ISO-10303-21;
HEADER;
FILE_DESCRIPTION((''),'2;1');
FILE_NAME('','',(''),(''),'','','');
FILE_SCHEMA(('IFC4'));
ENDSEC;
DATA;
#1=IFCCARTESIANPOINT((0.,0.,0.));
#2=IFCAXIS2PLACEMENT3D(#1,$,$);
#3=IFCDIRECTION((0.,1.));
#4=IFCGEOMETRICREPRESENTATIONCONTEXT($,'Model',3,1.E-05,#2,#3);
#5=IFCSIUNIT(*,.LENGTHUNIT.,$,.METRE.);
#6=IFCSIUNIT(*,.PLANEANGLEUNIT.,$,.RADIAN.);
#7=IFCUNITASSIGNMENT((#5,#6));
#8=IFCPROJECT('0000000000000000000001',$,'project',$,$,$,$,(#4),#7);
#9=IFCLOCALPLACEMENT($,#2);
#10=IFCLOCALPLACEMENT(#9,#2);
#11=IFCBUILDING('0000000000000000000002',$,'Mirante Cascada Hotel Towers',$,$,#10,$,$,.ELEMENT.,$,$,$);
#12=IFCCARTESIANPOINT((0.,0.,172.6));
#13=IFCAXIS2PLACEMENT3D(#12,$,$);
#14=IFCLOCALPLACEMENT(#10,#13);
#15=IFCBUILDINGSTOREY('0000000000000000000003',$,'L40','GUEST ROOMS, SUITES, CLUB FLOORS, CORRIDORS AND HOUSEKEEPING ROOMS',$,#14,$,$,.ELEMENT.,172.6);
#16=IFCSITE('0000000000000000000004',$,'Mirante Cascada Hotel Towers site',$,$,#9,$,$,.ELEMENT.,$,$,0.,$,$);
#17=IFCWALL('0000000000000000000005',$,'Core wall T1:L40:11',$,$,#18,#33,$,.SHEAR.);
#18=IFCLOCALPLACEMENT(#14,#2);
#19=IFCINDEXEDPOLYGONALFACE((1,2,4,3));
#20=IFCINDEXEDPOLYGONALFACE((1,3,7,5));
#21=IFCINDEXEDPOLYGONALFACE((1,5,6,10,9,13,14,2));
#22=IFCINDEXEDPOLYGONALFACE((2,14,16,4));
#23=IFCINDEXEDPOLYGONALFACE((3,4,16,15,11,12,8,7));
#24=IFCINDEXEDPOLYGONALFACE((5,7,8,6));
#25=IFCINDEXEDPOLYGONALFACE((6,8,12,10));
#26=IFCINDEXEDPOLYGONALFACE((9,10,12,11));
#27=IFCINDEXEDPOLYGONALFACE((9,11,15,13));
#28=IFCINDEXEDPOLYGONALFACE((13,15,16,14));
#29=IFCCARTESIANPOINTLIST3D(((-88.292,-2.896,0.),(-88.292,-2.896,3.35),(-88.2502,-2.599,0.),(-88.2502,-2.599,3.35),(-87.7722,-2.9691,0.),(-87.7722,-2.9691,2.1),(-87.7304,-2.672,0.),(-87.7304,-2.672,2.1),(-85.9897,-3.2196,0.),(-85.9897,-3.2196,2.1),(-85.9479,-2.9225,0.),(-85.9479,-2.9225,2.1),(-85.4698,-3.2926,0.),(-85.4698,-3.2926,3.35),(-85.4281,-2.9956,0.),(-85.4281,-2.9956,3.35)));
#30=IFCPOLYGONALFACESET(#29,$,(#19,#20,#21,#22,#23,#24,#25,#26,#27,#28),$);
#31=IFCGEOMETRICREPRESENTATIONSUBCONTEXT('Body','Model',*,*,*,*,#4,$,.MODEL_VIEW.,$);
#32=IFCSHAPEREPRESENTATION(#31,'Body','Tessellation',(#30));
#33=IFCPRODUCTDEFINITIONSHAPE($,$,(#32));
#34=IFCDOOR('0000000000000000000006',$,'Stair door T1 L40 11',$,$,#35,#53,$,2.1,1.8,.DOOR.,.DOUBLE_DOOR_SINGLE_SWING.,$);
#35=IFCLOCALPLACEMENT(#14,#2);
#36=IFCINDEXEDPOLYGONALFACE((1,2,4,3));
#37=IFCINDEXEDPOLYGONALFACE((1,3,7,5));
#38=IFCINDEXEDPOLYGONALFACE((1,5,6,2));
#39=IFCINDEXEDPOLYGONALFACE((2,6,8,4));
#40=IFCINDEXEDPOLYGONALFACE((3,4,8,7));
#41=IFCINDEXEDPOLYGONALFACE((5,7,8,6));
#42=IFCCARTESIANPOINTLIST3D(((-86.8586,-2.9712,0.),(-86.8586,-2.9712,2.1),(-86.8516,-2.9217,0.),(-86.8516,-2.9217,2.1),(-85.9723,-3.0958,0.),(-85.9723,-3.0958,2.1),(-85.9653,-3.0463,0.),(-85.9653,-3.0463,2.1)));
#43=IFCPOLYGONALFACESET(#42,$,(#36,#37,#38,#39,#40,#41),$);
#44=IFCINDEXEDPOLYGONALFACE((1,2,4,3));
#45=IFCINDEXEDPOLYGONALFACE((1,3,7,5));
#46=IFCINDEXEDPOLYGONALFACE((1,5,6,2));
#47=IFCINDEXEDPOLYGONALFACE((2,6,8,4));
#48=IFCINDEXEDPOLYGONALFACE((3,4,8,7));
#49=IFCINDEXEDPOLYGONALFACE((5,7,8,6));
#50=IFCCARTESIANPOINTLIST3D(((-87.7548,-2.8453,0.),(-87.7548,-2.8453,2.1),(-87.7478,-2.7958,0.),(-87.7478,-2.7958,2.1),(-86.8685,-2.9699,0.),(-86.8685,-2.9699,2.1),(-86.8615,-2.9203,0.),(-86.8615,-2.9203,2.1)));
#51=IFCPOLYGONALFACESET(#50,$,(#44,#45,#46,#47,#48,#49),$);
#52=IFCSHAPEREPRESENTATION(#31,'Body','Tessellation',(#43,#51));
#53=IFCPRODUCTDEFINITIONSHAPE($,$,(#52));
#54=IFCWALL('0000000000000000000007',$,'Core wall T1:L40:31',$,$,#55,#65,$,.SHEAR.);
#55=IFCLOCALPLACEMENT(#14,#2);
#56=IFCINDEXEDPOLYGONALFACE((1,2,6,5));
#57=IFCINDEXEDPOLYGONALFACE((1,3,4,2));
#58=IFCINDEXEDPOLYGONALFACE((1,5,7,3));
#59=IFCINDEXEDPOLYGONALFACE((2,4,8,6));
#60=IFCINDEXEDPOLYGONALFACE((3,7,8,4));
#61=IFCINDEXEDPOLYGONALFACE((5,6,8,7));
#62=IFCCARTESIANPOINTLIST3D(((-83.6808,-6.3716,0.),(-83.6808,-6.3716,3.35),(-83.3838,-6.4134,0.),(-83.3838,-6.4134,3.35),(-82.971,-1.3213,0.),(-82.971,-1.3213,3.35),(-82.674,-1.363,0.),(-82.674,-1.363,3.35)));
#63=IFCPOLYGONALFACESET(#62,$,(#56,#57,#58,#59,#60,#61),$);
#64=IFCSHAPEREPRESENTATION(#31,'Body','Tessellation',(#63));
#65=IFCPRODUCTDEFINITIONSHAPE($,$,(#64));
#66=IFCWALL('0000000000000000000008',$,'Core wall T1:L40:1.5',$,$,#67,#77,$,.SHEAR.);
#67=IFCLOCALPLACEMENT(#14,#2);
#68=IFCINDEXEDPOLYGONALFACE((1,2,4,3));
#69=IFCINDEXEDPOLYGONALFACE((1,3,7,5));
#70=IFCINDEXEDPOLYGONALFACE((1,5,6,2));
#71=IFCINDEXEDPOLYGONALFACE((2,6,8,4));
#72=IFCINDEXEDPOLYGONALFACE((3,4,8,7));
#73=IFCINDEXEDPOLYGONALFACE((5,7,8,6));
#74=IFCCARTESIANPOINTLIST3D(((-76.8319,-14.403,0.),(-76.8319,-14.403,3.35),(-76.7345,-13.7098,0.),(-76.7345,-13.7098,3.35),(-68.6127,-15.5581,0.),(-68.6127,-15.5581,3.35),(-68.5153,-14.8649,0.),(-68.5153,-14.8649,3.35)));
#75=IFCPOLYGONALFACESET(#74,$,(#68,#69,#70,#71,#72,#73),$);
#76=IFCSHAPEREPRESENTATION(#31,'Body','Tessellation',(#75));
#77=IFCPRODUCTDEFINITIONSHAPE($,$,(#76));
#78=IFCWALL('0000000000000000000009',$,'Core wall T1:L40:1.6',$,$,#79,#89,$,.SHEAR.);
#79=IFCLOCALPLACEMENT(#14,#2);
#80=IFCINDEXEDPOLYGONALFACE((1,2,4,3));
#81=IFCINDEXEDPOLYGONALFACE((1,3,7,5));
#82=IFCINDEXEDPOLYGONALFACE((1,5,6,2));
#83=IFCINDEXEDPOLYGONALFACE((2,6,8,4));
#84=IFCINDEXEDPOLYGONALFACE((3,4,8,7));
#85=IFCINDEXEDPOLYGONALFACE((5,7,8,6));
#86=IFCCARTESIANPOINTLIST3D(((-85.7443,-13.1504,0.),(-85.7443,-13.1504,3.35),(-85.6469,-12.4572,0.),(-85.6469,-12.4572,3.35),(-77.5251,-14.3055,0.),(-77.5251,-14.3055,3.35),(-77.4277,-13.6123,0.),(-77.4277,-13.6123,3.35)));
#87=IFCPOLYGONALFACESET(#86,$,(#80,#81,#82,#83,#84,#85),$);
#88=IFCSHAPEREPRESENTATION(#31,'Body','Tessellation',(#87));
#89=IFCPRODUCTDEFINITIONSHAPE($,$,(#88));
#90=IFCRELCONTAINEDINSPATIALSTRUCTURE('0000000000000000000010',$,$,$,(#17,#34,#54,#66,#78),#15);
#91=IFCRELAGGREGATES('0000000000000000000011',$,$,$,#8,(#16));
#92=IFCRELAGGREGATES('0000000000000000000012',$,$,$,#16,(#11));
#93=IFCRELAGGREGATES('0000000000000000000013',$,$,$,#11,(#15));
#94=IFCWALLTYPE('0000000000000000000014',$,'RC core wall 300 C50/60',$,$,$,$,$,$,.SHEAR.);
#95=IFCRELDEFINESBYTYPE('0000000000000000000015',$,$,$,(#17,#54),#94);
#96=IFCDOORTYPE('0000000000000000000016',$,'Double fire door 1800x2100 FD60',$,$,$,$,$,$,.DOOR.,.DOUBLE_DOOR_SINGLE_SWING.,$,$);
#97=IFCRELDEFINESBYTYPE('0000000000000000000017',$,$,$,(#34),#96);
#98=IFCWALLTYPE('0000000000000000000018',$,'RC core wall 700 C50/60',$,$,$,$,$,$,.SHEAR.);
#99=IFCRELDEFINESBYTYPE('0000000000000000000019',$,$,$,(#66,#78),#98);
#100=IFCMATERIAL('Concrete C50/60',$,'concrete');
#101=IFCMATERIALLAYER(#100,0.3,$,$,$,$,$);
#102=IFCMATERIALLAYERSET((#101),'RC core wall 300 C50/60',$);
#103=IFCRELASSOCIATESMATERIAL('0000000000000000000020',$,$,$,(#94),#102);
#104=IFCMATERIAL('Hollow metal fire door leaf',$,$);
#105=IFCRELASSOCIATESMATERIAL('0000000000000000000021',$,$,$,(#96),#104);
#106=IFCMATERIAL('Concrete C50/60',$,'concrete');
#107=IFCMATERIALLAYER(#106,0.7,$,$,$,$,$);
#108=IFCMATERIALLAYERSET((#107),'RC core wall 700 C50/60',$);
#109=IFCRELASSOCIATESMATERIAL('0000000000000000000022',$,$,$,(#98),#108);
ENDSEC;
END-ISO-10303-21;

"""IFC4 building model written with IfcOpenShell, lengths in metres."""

from ifc_helpers import new_model, si_unit, direction, frame, frame_2d, origin, place, context, subcontext, project, spatial, rectangle, extrude, material, layer, layer_set, type_object, element, fill, save


model = new_model("IFC4")

# Units and contexts
model_context = context("Model", 3, precision=1e-05, world=origin(), true_north=direction((0.0, 1.0)))
body_context = subcontext(model_context, "Body", "Model", "MODEL_VIEW")
ifc_project = project(units=[si_unit("LENGTHUNIT", "METRE"), si_unit("PLANEANGLEUNIT", "RADIAN")], contexts=[model_context])

# Site, building, storey
site_placement = place(None, origin())
site = spatial("IfcSite", under=ifc_project, at=site_placement, Name="Mirante Cascada Hotel Towers site", CompositionType="ELEMENT", RefElevation=0.0)
building_placement = place(site_placement, origin())
building = spatial("IfcBuilding", under=site, at=building_placement, Name="Mirante Cascada Hotel Towers", CompositionType="ELEMENT")
storey_placement = place(building_placement, frame((0.0, 0.0, 172.6)))
storey = spatial("IfcBuildingStorey", under=building, at=storey_placement, Name="L40", Description="GUEST ROOMS, SUITES, CLUB FLOORS, CORRIDORS AND HOUSEKEEPING ROOMS", CompositionType="ELEMENT", Elevation=172.6)

# Wall, opening, door
ifc_material_1 = material(Name="Concrete C50/60", Category="concrete")
ifc_layer_1 = layer(ifc_material_1, 0.3)
ifc_layer_set_1 = layer_set([ifc_layer_1], Name="RC core wall 300 C50/60")
wall_type_1 = type_object("IfcWallType", Name="RC core wall 300 C50/60", PredefinedType="SHEAR", material=ifc_layer_set_1)
wall_1_placement = place(storey_placement, frame((-85.4489, -3.1441, 0.0), z_axis=(0.0, 0.0, 1.0), x_axis=(-0.99027, 0.139161, 0.0)))
wall_1 = element("IfcWall", 1, at=wall_1_placement, inside=storey, type_object=wall_type_1, Name="Core wall T1:L40:11", PredefinedType="SHEAR", context=body_context, shape_type="SweptSolid", body=[
    extrude(rectangle(XDim=2.8499, YDim=0.3, at=frame_2d((1.425, 0.0))), origin(), (0.0, 0.0, 1.0), 3.35),
])
opening_1_placement = place(wall_1_placement, frame((0.525, 0.0, 0.0)))
opening_1 = element("IfcOpeningElement", 2, at=opening_1_placement, cuts=wall_1, PredefinedType="OPENING", context=body_context, shape_type="SweptSolid", body=[
    extrude(rectangle(XDim=1.8, YDim=2.1, at=frame_2d((0.9, 1.05))), frame((0.0, 0.15, 0.0), z_axis=(0.0, -1.0, 0.0), x_axis=(1.0, 0.0, 0.0)), (0.0, 0.0, 1.0), 0.3),
])
ifc_material_2 = material(Name="Hollow metal fire door leaf")
door_type_1 = type_object("IfcDoorType", Name="Double fire door 1800x2100 FD60", OperationType="DOUBLE_DOOR_SINGLE_SWING", PredefinedType="DOOR", material=ifc_material_2)
door_1_placement = place(opening_1_placement, origin())
door_1 = element("IfcDoor", 3, at=door_1_placement, inside=storey, type_object=door_type_1, Name="Stair door T1 L40 11", OperationType="DOUBLE_DOOR_SINGLE_SWING", OverallHeight=2.1, OverallWidth=1.8, PredefinedType="DOOR", context=body_context, shape_type="SweptSolid", body=[
    extrude(rectangle(XDim=0.895, YDim=2.1, at=frame_2d((0.4475, 1.05))), frame((0.0, 0.025, 0.0), z_axis=(0.0, -1.0, 0.0), x_axis=(1.0, 0.0, 0.0)), (0.0, 0.0, 1.0), 0.05),
    extrude(rectangle(XDim=0.895, YDim=2.1, at=frame_2d((1.3525, 1.05))), frame((0.0, 0.025, 0.0), z_axis=(0.0, -1.0, 0.0), x_axis=(1.0, 0.0, 0.0)), (0.0, 0.0, 1.0), 0.05),
])
fill(opening_1, door_1)

# Walls
wall_2_placement = place(storey_placement, frame((-83.5323, -6.3925, 0.0), z_axis=(0.0, 0.0, 1.0), x_axis=(0.139176, 0.990268, 0.0)))
element("IfcWall", 4, at=wall_2_placement, inside=storey, type_object=wall_type_1, Name="Core wall T1:L40:31", PredefinedType="SHEAR", context=body_context, shape_type="SweptSolid", body=[
    extrude(rectangle(XDim=5.1, YDim=0.3, at=frame_2d((2.55, 0.0))), origin(), (0.0, 0.0, 1.0), 3.35),
])
ifc_material_3 = material(Name="Concrete C50/60", Category="concrete")
ifc_layer_2 = layer(ifc_material_3, 0.7)
ifc_layer_set_2 = layer_set([ifc_layer_2], Name="RC core wall 700 C50/60")
wall_type_2 = type_object("IfcWallType", Name="RC core wall 700 C50/60", PredefinedType="SHEAR", material=ifc_layer_set_2)
for number, where, z_axis, x_axis, name in (
    (5, (-68.564, -15.2115, 0.0), (0.0, 0.0, 1.0), (-0.990269, 0.139169, 0.0), "Core wall T1:L40:1.5"),
    (6, (-77.4764, -13.9589, 0.0), (0.0, 0.0, 1.0), (-0.990269, 0.139169, 0.0), "Core wall T1:L40:1.6"),
):
    element("IfcWall", number, at=place(storey_placement, frame(where, z_axis=z_axis, x_axis=x_axis)), inside=storey, type_object=wall_type_2, Name=name, PredefinedType="SHEAR", context=body_context, shape_type="SweptSolid", body=[
        extrude(rectangle(XDim=8.3, YDim=0.7, at=frame_2d((4.15, 0.0))), origin(), (0.0, 0.0, 1.0), 3.35),
    ])

save(model, "model.ifc")
